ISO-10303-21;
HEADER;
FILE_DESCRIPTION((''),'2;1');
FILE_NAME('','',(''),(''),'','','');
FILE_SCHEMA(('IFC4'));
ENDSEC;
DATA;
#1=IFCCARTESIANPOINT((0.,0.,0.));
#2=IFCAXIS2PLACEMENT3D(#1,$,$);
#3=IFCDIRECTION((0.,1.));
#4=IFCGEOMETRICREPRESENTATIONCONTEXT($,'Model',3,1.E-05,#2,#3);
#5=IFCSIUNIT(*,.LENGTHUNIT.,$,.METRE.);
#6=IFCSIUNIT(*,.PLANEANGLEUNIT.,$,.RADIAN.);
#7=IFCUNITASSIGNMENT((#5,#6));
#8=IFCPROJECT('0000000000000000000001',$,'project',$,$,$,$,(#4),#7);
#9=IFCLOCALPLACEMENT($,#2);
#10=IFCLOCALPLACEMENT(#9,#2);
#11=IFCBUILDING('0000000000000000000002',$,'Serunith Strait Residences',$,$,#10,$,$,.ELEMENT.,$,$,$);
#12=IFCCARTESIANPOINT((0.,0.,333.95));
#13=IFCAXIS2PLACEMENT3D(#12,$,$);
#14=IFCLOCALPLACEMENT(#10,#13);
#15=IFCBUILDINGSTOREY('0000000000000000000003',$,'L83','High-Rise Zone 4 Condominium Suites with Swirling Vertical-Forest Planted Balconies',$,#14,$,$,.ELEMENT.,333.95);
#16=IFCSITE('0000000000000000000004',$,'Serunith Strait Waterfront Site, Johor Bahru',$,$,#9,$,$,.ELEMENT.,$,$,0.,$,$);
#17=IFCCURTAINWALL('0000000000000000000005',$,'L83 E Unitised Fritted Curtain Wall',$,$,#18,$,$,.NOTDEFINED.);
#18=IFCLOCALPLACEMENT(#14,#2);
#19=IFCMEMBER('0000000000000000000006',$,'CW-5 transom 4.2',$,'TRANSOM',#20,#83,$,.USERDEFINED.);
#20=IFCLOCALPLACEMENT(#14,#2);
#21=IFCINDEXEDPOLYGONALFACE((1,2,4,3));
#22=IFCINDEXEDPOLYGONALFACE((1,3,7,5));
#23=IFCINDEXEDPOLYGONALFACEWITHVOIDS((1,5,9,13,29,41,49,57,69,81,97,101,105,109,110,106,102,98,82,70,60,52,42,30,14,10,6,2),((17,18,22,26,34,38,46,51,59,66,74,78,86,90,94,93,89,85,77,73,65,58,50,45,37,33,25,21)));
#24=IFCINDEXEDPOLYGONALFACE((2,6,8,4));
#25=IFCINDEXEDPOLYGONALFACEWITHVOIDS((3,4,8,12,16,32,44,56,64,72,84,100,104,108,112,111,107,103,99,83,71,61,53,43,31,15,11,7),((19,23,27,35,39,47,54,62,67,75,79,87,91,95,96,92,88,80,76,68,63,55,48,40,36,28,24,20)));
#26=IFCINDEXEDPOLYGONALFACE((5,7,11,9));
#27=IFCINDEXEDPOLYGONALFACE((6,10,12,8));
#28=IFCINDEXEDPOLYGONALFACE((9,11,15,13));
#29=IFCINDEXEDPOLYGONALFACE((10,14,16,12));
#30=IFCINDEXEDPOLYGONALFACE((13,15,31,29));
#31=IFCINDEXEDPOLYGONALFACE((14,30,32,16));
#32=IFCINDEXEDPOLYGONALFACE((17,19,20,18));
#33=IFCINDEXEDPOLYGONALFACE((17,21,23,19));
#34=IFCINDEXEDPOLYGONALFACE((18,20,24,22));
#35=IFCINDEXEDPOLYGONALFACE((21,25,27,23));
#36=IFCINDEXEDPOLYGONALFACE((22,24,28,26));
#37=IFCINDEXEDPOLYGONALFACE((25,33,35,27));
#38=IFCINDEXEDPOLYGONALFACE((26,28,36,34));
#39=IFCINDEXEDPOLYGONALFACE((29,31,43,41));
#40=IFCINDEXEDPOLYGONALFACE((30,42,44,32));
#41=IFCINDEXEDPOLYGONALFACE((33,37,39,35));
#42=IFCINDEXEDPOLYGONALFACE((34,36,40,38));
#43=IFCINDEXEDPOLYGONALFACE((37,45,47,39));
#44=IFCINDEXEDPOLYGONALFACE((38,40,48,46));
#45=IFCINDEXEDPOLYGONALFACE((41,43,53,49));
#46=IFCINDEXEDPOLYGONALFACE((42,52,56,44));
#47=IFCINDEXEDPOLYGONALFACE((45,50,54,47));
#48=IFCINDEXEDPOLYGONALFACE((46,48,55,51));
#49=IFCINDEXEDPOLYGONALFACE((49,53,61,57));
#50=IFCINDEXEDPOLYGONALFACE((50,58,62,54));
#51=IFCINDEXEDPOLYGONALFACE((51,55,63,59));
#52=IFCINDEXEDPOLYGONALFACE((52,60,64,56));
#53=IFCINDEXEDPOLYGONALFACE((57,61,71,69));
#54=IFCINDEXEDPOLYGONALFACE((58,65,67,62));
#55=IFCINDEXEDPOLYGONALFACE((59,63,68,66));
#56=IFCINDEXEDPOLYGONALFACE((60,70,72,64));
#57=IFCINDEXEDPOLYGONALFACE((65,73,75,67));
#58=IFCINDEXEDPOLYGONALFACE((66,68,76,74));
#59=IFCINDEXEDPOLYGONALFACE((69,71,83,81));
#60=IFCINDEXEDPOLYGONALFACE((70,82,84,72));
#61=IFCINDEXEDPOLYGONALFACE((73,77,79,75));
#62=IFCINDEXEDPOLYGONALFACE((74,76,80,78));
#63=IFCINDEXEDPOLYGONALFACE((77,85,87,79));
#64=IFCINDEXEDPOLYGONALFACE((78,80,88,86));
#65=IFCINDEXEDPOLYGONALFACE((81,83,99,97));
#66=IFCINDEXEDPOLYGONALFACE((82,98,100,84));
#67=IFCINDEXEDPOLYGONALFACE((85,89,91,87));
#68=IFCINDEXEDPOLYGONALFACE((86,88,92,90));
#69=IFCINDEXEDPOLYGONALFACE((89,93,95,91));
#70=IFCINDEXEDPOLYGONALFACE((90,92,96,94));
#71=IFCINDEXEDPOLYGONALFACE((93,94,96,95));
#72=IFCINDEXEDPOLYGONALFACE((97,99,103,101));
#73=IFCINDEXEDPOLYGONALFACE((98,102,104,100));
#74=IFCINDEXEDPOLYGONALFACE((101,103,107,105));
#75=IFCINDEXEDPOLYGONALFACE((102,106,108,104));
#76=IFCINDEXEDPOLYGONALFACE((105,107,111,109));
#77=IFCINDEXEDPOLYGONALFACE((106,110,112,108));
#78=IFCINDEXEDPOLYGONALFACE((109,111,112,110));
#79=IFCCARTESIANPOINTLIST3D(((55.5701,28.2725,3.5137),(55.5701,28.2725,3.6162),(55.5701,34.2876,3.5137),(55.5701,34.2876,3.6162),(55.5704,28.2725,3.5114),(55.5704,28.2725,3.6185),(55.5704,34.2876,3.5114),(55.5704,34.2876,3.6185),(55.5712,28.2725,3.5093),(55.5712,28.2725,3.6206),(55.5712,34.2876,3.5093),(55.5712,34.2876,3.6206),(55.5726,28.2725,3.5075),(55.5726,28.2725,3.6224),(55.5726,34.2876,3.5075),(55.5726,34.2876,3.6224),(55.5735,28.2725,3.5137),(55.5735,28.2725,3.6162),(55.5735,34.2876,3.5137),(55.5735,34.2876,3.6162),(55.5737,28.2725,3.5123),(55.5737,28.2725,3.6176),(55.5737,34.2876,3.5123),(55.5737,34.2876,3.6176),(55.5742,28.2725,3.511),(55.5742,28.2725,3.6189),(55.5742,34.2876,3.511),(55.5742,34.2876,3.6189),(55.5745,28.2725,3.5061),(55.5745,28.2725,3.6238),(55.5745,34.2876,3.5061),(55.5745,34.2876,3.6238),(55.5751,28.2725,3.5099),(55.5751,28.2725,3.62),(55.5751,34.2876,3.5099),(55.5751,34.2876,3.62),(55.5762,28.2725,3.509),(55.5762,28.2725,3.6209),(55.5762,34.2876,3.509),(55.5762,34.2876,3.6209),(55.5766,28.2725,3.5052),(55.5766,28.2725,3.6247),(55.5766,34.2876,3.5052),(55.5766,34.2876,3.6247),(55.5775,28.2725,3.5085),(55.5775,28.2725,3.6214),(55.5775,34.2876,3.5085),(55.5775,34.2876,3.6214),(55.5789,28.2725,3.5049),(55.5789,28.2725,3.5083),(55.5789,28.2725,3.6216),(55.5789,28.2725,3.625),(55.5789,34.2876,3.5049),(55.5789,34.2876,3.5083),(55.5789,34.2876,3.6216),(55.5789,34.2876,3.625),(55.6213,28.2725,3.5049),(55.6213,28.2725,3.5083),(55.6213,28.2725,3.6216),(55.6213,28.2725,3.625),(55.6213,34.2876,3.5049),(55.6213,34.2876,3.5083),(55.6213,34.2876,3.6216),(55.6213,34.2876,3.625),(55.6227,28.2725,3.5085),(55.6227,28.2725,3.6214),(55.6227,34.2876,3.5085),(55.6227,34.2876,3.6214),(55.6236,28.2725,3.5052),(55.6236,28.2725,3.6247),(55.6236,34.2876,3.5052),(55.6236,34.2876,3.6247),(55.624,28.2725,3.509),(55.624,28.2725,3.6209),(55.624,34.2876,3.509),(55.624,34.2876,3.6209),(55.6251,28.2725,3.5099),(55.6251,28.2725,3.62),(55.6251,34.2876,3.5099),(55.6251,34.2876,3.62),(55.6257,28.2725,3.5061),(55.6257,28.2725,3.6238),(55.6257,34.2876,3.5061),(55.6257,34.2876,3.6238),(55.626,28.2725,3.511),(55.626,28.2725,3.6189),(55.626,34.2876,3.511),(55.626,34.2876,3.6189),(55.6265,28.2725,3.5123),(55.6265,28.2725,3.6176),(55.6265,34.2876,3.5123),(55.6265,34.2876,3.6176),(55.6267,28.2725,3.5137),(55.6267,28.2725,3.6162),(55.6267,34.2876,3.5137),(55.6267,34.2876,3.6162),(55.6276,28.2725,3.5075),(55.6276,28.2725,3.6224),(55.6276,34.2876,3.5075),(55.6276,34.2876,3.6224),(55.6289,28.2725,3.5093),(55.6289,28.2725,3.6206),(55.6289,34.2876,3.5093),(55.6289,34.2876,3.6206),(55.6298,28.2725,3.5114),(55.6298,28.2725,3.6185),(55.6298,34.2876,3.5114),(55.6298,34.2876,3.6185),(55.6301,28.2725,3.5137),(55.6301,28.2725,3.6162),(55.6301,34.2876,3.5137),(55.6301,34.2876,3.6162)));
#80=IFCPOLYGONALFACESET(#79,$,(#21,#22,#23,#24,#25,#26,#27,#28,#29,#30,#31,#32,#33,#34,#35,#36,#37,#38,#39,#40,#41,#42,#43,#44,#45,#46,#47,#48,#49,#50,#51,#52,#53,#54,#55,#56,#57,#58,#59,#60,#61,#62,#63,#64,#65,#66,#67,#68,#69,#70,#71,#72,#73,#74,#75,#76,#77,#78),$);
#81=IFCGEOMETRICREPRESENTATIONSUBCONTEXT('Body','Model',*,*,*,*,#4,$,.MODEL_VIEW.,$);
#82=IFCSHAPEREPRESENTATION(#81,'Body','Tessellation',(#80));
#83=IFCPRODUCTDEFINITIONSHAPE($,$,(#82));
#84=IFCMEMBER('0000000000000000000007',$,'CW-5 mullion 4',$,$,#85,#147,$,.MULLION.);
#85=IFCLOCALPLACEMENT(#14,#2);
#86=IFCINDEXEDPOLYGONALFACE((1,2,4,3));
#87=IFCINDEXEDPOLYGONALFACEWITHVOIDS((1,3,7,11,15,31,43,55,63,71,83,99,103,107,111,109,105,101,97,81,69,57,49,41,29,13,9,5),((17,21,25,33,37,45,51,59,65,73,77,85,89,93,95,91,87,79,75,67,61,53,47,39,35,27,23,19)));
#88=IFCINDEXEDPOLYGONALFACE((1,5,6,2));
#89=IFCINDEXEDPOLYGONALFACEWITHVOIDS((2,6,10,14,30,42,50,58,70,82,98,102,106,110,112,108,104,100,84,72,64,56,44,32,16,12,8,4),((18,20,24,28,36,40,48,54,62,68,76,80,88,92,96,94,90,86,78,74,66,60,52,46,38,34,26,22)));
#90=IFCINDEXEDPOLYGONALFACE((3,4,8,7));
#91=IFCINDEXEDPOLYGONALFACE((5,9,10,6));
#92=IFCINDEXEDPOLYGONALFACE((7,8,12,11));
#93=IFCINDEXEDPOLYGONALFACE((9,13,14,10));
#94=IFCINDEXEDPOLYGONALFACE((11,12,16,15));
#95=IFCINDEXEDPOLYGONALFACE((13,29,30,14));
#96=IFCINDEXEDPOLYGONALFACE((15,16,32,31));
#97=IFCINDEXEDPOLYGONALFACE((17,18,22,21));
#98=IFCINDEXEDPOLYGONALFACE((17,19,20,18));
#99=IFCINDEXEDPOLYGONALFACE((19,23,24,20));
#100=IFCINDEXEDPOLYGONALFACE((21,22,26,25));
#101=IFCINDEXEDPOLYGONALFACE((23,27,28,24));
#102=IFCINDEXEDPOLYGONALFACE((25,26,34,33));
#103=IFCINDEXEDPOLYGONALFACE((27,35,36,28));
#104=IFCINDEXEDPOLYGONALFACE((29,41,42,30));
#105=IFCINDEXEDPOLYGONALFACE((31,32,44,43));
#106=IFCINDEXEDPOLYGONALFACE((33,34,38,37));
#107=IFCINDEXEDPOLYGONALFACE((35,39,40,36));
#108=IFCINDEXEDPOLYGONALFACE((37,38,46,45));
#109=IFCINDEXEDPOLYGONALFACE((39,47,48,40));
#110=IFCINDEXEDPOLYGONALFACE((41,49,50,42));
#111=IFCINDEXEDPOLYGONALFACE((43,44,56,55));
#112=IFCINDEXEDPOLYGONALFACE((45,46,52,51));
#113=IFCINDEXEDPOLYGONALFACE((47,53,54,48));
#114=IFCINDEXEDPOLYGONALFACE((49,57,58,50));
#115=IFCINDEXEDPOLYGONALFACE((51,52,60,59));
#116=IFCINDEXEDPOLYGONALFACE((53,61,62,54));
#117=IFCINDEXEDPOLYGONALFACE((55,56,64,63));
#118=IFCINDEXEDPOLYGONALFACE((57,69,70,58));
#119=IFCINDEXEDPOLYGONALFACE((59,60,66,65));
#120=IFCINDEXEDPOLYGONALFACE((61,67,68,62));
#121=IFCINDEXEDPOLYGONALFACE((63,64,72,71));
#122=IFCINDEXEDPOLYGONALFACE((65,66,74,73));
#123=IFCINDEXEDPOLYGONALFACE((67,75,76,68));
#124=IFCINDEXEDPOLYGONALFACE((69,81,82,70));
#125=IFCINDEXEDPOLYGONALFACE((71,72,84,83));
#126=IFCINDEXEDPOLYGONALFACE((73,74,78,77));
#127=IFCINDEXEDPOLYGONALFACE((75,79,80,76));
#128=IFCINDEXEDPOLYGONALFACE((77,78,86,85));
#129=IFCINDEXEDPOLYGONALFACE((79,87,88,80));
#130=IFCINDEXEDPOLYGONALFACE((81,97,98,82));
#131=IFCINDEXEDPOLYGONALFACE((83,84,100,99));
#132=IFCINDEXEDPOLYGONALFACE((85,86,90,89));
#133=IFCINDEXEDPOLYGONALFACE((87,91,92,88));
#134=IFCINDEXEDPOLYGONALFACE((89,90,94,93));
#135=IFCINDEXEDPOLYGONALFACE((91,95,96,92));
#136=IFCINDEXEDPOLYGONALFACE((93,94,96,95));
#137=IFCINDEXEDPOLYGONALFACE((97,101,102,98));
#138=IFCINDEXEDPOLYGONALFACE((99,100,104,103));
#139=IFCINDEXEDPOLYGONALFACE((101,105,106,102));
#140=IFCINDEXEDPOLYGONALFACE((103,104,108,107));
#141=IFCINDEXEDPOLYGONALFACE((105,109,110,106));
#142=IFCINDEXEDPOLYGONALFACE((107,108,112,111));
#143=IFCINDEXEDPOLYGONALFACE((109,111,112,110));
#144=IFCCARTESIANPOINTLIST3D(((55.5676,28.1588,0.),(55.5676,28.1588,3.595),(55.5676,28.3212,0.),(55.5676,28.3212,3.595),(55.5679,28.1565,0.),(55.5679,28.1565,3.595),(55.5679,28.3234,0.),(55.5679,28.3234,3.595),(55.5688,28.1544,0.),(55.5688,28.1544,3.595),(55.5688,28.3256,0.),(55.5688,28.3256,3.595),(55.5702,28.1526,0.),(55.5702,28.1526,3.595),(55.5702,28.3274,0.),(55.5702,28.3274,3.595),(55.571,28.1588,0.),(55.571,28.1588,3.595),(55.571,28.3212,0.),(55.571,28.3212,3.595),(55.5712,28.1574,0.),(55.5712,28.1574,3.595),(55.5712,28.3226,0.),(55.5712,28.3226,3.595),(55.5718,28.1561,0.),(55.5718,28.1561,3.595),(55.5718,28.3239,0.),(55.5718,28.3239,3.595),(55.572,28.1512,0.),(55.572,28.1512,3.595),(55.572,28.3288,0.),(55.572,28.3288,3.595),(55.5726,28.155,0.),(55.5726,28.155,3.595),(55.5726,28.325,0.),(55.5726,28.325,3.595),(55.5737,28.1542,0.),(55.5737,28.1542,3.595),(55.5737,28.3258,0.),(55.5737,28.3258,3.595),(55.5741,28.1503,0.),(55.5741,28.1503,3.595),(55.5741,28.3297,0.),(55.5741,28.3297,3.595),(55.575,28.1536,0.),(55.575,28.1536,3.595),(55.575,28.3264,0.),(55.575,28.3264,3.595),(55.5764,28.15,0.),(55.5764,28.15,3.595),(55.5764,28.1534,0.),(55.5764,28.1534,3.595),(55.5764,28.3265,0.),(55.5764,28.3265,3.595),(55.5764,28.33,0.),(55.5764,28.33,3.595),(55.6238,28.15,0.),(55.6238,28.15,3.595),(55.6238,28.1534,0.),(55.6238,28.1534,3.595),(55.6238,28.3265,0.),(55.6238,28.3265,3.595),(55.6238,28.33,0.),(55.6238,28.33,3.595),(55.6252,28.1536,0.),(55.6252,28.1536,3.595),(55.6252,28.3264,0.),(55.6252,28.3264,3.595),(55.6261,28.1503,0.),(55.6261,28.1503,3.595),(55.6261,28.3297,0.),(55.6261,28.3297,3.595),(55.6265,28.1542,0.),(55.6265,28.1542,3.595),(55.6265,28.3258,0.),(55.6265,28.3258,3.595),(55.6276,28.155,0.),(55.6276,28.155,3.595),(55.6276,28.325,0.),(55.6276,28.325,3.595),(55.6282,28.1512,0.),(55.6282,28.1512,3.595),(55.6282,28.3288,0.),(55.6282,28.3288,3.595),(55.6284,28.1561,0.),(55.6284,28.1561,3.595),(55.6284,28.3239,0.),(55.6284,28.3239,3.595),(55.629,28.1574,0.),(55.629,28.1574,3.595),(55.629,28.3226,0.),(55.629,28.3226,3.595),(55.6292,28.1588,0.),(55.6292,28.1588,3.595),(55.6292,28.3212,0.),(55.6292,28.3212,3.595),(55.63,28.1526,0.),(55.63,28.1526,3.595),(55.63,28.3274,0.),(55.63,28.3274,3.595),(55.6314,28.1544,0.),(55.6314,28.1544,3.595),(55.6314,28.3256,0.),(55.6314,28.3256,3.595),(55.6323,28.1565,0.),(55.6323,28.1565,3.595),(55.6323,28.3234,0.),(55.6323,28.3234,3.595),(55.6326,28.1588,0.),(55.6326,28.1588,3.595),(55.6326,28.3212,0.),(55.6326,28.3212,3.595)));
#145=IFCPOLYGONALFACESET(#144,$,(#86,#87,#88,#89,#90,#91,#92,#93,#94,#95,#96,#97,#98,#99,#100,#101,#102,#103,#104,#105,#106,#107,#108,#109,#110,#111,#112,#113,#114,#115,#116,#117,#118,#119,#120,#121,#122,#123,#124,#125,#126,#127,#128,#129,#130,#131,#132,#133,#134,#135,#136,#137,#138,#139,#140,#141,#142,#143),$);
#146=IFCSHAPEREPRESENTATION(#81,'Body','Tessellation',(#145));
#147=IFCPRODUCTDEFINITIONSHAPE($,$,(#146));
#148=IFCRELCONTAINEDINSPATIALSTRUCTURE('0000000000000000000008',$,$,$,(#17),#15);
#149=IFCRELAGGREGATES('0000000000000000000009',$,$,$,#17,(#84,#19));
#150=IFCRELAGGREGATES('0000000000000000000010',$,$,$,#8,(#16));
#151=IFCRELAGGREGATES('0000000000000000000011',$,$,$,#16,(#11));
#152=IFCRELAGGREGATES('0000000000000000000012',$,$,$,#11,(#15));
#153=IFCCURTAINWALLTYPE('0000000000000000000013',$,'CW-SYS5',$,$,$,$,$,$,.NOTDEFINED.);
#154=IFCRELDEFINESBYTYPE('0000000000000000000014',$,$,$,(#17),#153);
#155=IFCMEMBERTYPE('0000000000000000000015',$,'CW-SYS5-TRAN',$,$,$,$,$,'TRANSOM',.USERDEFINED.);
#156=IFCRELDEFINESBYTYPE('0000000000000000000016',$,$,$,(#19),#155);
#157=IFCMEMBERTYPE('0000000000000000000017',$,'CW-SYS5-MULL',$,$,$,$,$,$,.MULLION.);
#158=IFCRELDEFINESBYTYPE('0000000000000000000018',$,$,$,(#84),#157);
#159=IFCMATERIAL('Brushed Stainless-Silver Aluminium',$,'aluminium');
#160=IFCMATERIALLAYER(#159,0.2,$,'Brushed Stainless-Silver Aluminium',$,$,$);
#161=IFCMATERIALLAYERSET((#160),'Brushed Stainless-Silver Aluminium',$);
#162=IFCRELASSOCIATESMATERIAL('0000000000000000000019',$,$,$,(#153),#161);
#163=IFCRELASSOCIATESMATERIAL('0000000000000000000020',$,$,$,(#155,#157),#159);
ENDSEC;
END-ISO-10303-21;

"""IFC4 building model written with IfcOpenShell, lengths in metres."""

from ifc_helpers import new_model, si_unit, direction, frame, origin, origin_2d, place, context, subcontext, project, spatial, hollow_rectangle, extrude, source, transform, mapped, material, layer, layer_set, material_profile, profile_set, type_object, element, aggregate, save


model = new_model("IFC4")

# Units and contexts
model_context = context("Model", 3, precision=1e-05, world=origin(), true_north=direction((0.0, 1.0)))
body_context = subcontext(model_context, "Body", "Model", "MODEL_VIEW")
ifc_project = project(units=[si_unit("LENGTHUNIT", "METRE"), si_unit("PLANEANGLEUNIT", "RADIAN")], contexts=[model_context])

# Site, building, storey
site_placement = place(None, origin())
site = spatial("IfcSite", under=ifc_project, at=site_placement, Name="Serunith Strait Waterfront Site, Johor Bahru", CompositionType="ELEMENT", RefElevation=0.0)
building_placement = place(site_placement, origin())
building = spatial("IfcBuilding", under=site, at=building_placement, Name="Serunith Strait Residences", CompositionType="ELEMENT")
storey_placement = place(building_placement, frame((0.0, 0.0, 333.95)))
storey = spatial("IfcBuildingStorey", under=building, at=storey_placement, Name="L83", Description="High-Rise Zone 4 Condominium Suites with Swirling Vertical-Forest Planted Balconies", CompositionType="ELEMENT", Elevation=333.95)

# Curtain wall, members
ifc_material_1 = material(Name="Brushed Stainless-Silver Aluminium", Category="aluminium")
ifc_layer_1 = layer(ifc_material_1, 0.2, Name="Brushed Stainless-Silver Aluminium")
ifc_layer_set_1 = layer_set([ifc_layer_1], Name="Brushed Stainless-Silver Aluminium")
curtain_wall_type = type_object("IfcCurtainWallType", Name="CW-SYS5", PredefinedType="NOTDEFINED", material=ifc_layer_set_1)
curtain_wall_placement = place(storey_placement, origin())
curtain_wall = element("IfcCurtainWall", 1, at=curtain_wall_placement, inside=storey, type_object=curtain_wall_type, Name="L83 E Unitised Fritted Curtain Wall", PredefinedType="NOTDEFINED")
ifc_material_profile_1 = material_profile(ifc_material_1, hollow_rectangle(XDim=0.0601, YDim=0.1201, WallThickness=0.0034, InnerFilletRadius=0.0054, OuterFilletRadius=0.0088, at=origin_2d()), Name="ALU 120x60x3.5")
ifc_profile_set_1 = profile_set([ifc_material_profile_1], Name="Brushed Stainless-Silver Aluminium")
member_type_1 = type_object("IfcMemberType", Name="CW-SYS5-TRAN", ElementType="TRANSOM", PredefinedType="USERDEFINED", material=ifc_profile_set_1)
shared_shape_1 = source(origin(), body_context, "Body", "SweptSolid", [
    extrude(hollow_rectangle(XDim=0.0601, YDim=0.1201, WallThickness=0.0034, InnerFilletRadius=0.0054, OuterFilletRadius=0.0088, at=origin_2d()), origin(), (0.0, 0.0, 1.0), 6.0151),
])
member_1_placement = place(storey_placement, frame((55.6001, 28.2725, 3.5649), z_axis=(0.0, 1.0, 0.0), x_axis=(-1.0, 0.0, 0.0)))
member_1 = element("IfcMember", 2, at=member_1_placement, type_object=member_type_1, Name="CW-5 transom 4.2", ObjectType="TRANSOM", PredefinedType="USERDEFINED", context=body_context, shape_type="MappedRepresentation", body=[
    mapped(shared_shape_1, transform((0.0, 0.0, 0.0), scale=1.0)),
])
ifc_material_profile_2 = material_profile(ifc_material_1, hollow_rectangle(XDim=0.0649, YDim=0.1799, WallThickness=0.0034, InnerFilletRadius=0.0054, OuterFilletRadius=0.0088, at=origin_2d()), Name="ALU 180x65x3.5")
ifc_profile_set_2 = profile_set([ifc_material_profile_2], Name="Brushed Stainless-Silver Aluminium")
member_type_2 = type_object("IfcMemberType", Name="CW-SYS5-MULL", PredefinedType="MULLION", material=ifc_profile_set_2)
shared_shape_2 = source(origin(), body_context, "Body", "SweptSolid", [
    extrude(hollow_rectangle(XDim=0.0649, YDim=0.1799, WallThickness=0.0034, InnerFilletRadius=0.0054, OuterFilletRadius=0.0088, at=origin_2d()), origin(), (0.0, 0.0, 1.0), 3.595),
])
member_2_placement = place(storey_placement, frame((55.6001, 28.24, 0.0), z_axis=(0.0, 0.0, 1.0), x_axis=(-1.0, 0.0, 0.0)))
member_2 = element("IfcMember", 3, at=member_2_placement, type_object=member_type_2, Name="CW-5 mullion 4", PredefinedType="MULLION", context=body_context, shape_type="MappedRepresentation", body=[
    mapped(shared_shape_2, transform((0.0, 0.0, 0.0), scale=1.0)),
])
aggregate(curtain_wall, [member_2, member_1])

save(model, "model.ifc")
